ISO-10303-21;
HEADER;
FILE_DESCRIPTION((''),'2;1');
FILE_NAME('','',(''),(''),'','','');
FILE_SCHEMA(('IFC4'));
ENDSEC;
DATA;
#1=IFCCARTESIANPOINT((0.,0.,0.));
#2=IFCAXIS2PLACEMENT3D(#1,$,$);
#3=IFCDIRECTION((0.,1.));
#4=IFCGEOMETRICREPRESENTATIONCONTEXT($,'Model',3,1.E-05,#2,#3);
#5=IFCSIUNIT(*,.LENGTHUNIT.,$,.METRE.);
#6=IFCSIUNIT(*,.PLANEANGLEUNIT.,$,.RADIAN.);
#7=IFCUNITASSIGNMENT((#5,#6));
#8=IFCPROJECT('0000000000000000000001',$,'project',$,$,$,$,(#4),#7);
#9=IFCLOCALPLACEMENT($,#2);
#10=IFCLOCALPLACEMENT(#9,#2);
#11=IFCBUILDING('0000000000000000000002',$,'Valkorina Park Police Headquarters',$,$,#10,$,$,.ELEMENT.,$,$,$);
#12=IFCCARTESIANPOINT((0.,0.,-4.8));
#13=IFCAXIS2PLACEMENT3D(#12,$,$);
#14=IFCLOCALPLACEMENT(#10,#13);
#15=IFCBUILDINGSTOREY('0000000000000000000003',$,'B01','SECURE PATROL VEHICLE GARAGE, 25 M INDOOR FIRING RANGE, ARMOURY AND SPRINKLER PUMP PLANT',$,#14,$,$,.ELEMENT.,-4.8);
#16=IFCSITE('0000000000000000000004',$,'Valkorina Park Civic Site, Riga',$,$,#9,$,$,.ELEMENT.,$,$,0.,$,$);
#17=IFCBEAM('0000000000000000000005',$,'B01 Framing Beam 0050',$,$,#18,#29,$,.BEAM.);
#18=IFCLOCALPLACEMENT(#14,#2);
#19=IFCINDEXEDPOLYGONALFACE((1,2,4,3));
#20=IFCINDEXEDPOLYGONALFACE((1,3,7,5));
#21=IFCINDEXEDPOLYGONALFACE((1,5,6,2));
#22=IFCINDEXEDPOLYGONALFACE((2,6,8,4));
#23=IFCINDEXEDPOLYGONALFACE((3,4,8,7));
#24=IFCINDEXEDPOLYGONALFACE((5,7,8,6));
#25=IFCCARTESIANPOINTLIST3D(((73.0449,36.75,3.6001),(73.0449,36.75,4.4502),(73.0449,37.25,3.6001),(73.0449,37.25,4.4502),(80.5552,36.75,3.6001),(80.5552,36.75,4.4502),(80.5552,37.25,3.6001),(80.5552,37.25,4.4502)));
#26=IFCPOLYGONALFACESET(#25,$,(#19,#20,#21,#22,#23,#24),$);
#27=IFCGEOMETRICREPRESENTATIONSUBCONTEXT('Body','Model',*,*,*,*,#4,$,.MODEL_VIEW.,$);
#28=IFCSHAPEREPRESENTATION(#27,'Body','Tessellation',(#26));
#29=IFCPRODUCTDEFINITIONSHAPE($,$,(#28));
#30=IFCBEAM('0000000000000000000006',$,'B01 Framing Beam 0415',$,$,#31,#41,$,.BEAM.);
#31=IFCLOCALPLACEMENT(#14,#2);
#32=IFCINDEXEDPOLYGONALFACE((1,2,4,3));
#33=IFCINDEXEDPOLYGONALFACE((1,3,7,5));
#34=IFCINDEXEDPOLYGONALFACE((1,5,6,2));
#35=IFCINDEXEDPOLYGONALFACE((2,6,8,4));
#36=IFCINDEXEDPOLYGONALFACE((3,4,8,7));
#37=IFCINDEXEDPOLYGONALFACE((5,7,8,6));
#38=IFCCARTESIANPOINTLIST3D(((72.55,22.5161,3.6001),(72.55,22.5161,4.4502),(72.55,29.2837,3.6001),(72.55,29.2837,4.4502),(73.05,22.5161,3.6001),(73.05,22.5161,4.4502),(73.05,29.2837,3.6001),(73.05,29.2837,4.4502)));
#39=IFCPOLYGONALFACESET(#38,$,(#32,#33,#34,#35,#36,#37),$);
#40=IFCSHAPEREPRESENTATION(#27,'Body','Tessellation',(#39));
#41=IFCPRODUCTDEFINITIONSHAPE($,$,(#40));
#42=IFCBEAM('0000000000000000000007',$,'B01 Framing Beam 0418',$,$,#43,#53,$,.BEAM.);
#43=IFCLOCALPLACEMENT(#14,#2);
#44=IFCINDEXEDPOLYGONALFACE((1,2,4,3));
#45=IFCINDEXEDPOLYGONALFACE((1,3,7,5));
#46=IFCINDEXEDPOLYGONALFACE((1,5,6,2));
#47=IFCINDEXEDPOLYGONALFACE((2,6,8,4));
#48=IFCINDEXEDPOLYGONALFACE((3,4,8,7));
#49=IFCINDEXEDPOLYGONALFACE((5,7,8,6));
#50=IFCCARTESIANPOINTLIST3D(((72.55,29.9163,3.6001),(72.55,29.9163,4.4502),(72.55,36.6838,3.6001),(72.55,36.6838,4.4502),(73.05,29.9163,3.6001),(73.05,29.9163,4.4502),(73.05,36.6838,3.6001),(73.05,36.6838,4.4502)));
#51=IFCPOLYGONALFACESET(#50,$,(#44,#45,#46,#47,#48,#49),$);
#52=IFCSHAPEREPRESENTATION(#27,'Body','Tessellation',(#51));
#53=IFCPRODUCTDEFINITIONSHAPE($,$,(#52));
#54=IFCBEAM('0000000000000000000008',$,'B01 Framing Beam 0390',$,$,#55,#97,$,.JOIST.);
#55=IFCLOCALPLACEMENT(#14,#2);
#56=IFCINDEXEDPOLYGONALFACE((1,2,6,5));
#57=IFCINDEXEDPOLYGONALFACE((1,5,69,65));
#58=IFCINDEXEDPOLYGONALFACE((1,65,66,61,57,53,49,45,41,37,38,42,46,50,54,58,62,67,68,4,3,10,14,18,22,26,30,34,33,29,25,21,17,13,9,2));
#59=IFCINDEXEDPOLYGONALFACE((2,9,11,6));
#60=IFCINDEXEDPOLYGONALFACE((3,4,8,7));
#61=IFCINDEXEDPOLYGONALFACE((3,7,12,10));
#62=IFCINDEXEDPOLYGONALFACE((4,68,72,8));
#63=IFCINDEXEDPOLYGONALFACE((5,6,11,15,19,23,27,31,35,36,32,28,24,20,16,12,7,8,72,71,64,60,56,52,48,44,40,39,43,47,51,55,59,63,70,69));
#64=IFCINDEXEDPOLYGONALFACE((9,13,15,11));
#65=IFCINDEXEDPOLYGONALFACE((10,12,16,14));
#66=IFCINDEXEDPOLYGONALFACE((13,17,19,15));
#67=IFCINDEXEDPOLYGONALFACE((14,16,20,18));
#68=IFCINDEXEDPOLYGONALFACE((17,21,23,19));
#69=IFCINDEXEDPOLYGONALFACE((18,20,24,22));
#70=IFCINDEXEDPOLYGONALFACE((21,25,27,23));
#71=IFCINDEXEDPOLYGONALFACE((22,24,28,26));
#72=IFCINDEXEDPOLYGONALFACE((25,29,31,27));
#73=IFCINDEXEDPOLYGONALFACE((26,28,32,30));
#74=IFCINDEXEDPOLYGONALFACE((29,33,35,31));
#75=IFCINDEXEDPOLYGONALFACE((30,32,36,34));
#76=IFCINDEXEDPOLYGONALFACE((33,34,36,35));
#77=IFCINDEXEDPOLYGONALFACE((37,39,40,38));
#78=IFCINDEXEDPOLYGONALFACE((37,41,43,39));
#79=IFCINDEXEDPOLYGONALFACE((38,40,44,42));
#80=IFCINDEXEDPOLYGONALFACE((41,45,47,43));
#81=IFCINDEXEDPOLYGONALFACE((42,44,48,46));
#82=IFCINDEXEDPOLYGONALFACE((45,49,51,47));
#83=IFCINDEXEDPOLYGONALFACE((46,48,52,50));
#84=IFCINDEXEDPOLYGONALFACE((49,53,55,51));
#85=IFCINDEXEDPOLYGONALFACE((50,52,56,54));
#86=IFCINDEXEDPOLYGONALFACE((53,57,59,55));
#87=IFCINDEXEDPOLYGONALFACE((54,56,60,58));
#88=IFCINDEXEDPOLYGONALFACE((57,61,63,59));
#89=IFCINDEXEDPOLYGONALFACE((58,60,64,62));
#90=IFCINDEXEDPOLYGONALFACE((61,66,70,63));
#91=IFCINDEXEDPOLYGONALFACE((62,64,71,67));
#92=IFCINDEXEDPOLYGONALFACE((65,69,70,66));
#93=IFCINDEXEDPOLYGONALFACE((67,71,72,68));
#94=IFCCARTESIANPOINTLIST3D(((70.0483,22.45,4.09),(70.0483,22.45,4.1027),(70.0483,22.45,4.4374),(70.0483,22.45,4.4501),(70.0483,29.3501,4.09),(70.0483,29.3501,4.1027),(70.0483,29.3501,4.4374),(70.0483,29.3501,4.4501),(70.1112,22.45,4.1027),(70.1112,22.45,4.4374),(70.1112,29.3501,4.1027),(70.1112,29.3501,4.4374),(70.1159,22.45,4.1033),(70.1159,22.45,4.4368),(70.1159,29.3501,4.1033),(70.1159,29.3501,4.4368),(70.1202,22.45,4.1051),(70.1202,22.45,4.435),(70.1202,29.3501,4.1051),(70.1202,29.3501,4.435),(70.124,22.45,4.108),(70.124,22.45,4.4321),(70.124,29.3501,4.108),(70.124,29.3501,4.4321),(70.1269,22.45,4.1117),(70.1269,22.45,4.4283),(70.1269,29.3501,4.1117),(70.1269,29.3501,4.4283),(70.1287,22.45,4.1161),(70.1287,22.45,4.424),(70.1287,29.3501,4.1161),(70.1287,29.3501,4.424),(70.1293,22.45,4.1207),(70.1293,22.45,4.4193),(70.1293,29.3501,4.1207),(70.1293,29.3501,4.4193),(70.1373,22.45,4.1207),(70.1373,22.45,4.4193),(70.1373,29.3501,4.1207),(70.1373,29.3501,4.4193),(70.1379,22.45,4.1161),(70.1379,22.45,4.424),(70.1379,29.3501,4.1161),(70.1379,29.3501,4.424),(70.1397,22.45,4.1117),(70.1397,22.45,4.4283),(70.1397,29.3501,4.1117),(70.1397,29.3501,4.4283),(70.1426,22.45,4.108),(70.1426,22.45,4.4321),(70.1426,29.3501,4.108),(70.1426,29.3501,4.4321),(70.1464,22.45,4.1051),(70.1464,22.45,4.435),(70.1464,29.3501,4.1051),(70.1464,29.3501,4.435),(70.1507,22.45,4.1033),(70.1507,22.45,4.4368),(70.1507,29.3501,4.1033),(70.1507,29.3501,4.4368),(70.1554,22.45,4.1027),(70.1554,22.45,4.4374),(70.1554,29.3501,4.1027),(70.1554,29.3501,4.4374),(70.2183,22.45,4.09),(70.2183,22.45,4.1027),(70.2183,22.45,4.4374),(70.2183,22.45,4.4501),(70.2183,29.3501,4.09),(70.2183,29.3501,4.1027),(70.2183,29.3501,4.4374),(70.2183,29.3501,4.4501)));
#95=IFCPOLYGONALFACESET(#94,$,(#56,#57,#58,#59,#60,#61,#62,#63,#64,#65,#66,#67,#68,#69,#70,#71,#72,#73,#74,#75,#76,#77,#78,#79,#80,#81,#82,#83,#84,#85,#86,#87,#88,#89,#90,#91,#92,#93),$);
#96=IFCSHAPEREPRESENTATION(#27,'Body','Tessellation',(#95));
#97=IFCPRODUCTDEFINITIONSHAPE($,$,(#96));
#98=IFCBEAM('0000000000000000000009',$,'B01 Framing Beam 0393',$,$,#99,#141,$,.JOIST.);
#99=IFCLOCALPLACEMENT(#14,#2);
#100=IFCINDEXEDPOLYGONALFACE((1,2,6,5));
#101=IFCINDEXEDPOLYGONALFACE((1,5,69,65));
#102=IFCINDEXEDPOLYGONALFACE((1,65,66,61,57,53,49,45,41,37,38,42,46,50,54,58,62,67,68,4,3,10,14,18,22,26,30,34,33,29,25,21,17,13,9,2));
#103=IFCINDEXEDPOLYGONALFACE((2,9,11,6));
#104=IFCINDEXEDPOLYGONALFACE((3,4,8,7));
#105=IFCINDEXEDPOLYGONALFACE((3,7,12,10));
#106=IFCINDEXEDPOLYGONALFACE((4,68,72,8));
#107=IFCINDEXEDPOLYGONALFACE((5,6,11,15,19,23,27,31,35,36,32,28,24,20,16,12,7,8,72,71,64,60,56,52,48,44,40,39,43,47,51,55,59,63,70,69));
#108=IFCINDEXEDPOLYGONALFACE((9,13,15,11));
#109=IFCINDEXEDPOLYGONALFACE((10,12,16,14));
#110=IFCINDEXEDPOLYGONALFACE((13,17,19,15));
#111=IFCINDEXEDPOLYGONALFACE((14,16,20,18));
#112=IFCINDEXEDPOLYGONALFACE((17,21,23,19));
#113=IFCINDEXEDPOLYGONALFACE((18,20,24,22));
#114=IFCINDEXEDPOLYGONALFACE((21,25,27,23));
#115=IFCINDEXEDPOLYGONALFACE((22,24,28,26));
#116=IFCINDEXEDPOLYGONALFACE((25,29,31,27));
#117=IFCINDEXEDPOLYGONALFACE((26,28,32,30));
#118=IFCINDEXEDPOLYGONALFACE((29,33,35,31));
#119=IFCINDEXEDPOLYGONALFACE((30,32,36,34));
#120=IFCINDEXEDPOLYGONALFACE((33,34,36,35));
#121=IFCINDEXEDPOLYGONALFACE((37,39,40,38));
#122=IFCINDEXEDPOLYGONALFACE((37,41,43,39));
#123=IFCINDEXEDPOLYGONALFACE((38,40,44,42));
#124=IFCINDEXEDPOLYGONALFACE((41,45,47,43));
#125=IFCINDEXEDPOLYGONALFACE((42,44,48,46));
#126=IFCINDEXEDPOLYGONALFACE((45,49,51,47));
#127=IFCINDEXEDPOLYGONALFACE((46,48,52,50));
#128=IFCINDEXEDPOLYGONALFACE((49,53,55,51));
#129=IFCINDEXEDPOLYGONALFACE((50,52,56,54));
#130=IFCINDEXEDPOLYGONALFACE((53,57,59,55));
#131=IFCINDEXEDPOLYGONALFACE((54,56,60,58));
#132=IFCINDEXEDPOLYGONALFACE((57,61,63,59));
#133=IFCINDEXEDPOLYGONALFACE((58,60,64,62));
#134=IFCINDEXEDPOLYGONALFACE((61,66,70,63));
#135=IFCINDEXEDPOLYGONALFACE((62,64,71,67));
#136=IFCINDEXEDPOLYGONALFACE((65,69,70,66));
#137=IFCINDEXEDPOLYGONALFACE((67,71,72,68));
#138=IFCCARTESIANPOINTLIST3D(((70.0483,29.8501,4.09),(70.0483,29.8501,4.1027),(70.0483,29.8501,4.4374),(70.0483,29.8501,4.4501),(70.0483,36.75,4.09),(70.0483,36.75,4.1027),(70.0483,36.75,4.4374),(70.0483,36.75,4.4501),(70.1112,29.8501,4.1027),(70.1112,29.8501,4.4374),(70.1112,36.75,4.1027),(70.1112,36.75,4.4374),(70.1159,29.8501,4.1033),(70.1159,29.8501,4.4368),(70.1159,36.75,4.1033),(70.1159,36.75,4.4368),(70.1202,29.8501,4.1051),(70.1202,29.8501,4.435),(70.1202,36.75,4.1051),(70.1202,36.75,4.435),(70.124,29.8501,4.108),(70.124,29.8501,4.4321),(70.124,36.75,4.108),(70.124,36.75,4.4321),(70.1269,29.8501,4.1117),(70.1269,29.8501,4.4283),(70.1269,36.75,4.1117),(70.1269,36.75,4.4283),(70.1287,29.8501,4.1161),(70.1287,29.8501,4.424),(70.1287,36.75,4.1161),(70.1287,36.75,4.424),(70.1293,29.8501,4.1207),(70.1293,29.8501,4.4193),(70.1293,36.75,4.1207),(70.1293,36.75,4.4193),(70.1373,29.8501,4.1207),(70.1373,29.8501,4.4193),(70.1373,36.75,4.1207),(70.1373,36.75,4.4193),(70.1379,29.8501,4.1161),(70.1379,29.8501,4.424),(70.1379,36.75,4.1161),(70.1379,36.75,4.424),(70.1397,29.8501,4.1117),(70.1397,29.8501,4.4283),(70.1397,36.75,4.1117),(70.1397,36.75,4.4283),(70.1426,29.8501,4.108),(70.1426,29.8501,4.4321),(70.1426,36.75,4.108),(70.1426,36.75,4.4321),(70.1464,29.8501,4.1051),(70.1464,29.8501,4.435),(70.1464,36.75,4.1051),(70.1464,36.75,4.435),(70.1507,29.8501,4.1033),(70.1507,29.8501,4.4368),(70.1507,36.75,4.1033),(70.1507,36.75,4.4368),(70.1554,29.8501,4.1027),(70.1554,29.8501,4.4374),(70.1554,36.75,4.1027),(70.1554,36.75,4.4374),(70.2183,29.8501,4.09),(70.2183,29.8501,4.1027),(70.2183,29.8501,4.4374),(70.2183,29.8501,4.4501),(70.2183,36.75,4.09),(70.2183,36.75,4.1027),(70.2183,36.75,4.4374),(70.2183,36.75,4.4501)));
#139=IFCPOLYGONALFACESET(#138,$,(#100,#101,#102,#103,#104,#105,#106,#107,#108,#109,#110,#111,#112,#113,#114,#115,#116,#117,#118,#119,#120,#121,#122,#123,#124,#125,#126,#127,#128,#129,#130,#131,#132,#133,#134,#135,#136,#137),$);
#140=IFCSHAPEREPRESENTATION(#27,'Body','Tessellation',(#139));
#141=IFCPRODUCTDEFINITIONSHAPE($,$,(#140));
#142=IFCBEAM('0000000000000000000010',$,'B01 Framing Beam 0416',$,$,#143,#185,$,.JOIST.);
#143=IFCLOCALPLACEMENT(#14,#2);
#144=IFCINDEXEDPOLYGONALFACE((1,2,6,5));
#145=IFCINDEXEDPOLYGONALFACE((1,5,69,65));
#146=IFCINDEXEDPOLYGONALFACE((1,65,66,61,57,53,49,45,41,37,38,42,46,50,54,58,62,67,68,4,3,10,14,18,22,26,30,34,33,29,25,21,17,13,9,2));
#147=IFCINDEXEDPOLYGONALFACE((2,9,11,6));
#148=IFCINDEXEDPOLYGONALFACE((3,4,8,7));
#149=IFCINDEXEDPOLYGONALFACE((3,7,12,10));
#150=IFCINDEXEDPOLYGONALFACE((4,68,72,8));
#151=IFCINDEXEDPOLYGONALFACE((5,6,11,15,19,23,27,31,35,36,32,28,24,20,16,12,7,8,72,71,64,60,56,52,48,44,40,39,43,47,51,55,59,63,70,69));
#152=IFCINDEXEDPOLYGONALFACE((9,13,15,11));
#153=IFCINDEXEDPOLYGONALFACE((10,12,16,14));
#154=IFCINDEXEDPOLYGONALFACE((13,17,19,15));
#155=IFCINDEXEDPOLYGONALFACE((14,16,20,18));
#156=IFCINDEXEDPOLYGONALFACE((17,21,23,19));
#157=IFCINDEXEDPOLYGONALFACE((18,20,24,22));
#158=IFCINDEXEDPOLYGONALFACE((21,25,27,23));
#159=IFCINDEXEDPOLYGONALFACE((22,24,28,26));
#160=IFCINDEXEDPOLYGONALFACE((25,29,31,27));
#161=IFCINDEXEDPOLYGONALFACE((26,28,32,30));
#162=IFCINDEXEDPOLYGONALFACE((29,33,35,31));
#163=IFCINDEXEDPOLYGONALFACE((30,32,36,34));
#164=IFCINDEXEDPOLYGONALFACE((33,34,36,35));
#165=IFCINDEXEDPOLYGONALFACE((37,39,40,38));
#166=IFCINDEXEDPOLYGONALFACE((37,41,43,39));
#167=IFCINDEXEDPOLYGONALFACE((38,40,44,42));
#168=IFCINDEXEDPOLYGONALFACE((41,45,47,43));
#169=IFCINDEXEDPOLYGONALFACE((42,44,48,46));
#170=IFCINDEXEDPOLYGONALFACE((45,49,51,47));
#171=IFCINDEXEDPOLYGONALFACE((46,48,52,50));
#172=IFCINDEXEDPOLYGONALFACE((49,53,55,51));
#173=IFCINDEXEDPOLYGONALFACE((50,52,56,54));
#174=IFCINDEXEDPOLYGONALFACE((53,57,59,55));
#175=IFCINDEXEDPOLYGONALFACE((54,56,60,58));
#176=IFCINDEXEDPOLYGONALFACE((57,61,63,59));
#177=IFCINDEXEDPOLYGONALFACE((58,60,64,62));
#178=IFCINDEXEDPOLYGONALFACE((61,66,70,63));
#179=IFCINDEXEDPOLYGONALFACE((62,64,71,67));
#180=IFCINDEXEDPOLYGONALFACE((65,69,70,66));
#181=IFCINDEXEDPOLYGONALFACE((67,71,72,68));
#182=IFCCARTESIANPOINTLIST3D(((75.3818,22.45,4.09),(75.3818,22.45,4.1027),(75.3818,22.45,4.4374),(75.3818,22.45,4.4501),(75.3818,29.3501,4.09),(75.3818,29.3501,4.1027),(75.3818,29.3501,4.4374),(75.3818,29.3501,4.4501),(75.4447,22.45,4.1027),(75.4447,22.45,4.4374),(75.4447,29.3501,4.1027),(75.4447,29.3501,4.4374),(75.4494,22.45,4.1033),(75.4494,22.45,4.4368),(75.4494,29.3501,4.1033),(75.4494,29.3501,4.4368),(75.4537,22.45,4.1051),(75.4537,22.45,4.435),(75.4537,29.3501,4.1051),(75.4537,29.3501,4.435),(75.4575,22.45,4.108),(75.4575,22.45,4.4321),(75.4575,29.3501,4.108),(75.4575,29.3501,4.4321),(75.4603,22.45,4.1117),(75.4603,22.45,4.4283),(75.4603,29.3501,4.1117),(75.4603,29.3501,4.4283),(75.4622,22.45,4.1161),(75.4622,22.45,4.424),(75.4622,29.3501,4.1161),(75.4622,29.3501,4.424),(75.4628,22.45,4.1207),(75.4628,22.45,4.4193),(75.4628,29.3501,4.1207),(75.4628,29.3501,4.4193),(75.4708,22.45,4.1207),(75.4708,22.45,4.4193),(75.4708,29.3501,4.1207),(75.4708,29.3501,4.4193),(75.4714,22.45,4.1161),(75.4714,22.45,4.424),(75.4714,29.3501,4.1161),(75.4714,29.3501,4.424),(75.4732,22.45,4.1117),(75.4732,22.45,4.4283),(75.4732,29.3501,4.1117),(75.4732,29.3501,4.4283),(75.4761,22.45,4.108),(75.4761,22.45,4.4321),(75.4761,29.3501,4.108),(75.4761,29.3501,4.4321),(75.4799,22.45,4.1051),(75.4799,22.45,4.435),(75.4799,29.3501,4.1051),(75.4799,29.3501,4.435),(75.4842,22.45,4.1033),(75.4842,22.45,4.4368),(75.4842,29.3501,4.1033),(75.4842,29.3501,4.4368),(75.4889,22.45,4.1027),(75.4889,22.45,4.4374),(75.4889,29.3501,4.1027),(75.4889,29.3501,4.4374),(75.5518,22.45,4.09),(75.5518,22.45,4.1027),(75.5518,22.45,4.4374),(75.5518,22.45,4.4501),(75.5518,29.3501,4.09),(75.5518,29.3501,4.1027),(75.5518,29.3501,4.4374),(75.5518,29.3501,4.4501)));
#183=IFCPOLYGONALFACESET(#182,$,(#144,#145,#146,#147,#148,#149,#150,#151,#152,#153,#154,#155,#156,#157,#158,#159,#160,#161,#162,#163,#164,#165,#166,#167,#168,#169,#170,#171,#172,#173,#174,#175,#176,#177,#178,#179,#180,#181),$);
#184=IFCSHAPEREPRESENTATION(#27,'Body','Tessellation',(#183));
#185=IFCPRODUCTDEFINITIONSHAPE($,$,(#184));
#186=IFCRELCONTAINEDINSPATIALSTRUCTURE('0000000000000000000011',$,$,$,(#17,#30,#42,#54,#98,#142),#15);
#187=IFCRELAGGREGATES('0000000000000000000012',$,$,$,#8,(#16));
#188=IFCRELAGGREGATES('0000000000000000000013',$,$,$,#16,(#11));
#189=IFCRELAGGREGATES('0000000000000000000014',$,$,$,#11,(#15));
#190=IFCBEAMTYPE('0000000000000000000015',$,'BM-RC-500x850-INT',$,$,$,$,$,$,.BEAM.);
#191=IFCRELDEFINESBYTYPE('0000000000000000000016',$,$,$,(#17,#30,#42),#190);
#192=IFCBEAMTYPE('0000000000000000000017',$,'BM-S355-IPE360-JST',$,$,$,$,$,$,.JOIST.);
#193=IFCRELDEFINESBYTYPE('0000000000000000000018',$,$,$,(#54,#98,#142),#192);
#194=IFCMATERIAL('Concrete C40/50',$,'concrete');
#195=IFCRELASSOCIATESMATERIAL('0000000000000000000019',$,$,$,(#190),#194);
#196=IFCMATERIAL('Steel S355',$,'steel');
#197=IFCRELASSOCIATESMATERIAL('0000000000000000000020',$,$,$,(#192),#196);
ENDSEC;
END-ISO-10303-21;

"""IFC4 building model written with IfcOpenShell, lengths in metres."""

from ifc_helpers import new_model, si_unit, direction, frame, origin, origin_2d, place, context, subcontext, project, spatial, rectangle, i_section, extrude, material, material_profile, profile_set, type_object, element, save


model = new_model("IFC4")

# Units and contexts
model_context = context("Model", 3, precision=1e-05, world=origin(), true_north=direction((0.0, 1.0)))
body_context = subcontext(model_context, "Body", "Model", "MODEL_VIEW")
ifc_project = project(units=[si_unit("LENGTHUNIT", "METRE"), si_unit("PLANEANGLEUNIT", "RADIAN")], contexts=[model_context])

# Site, building, storey
site_placement = place(None, origin())
site = spatial("IfcSite", under=ifc_project, at=site_placement, Name="Valkorina Park Civic Site, Riga", CompositionType="ELEMENT", RefElevation=0.0)
building_placement = place(site_placement, origin())
building = spatial("IfcBuilding", under=site, at=building_placement, Name="Valkorina Park Police Headquarters", CompositionType="ELEMENT")
storey_placement = place(building_placement, frame((0.0, 0.0, -4.8)))
storey = spatial("IfcBuildingStorey", under=building, at=storey_placement, Name="B01", Description="SECURE PATROL VEHICLE GARAGE, 25 M INDOOR FIRING RANGE, ARMOURY AND SPRINKLER PUMP PLANT", CompositionType="ELEMENT", Elevation=-4.8)

# Shared definitions
ifc_material_1 = material(Name="Concrete C40/50", Category="concrete")

# Beams
ifc_material_profile_1 = material_profile(ifc_material_1, rectangle(XDim=0.5, YDim=0.8501, at=origin_2d()), Name="RC BEAM 500x850")
ifc_profile_set_1 = profile_set([ifc_material_profile_1], Name="Concrete C40/50")
beam_type_1 = type_object("IfcBeamType", Name="BM-RC-500x850-INT", PredefinedType="BEAM", material=ifc_profile_set_1)
for number, where, z_axis, x_axis, name in (
    (1, (73.0449, 37.0, 4.0251), (1.0, 0.0, 0.0), (0.0, 1.0, 0.0), "B01 Framing Beam 0050"),
):
    element("IfcBeam", number, at=place(storey_placement, frame(where, z_axis=z_axis, x_axis=x_axis)), inside=storey, type_object=beam_type_1, Name=name, PredefinedType="BEAM", context=body_context, shape_type="SweptSolid", body=[
        extrude(rectangle(XDim=0.5, YDim=0.8501, at=origin_2d()), origin(), (0.0, 0.0, 1.0), 7.5103),
    ])
for number, where, z_axis, x_axis, name in (
    (2, (72.8, 22.5161, 4.0251), (0.0, 1.0, 0.0), (-1.0, 0.0, 0.0), "B01 Framing Beam 0415"),
    (3, (72.8, 29.9163, 4.0251), (0.0, 1.0, 0.0), (-1.0, 0.0, 0.0), "B01 Framing Beam 0418"),
):
    element("IfcBeam", number, at=place(storey_placement, frame(where, z_axis=z_axis, x_axis=x_axis)), inside=storey, type_object=beam_type_1, Name=name, PredefinedType="BEAM", context=body_context, shape_type="SweptSolid", body=[
        extrude(rectangle(XDim=0.5, YDim=0.8501, at=origin_2d()), origin(), (0.0, 0.0, 1.0), 6.7676),
    ])
ifc_material_2 = material(Name="Steel S355", Category="steel")
ifc_material_profile_2 = material_profile(ifc_material_2, i_section(OverallWidth=0.1699, OverallDepth=0.3601, WebThickness=0.0081, FlangeThickness=0.0127, FilletRadius=0.0181, at=origin_2d()), Name="IPE 360")
ifc_profile_set_2 = profile_set([ifc_material_profile_2], Name="Steel S355")
beam_type_2 = type_object("IfcBeamType", Name="BM-S355-IPE360-JST", PredefinedType="JOIST", material=ifc_profile_set_2)
beam_1_placement = place(storey_placement, frame((70.1333, 22.45, 4.27), z_axis=(0.0, 1.0, 0.0), x_axis=(-1.0, 0.0, 0.0)))
element("IfcBeam", 4, at=beam_1_placement, inside=storey, type_object=beam_type_2, Name="B01 Framing Beam 0390", PredefinedType="JOIST", context=body_context, shape_type="SweptSolid", body=[
    extrude(i_section(OverallWidth=0.1699, OverallDepth=0.3601, WebThickness=0.0081, FlangeThickness=0.0127, FilletRadius=0.0181, at=origin_2d()), origin(), (0.0, 0.0, 1.0), 6.9001),
])
beam_2_placement = place(storey_placement, frame((70.1333, 29.8501, 4.27), z_axis=(0.0, 1.0, 0.0), x_axis=(-1.0, 0.0, 0.0)))
element("IfcBeam", 5, at=beam_2_placement, inside=storey, type_object=beam_type_2, Name="B01 Framing Beam 0393", PredefinedType="JOIST", context=body_context, shape_type="SweptSolid", body=[
    extrude(i_section(OverallWidth=0.1699, OverallDepth=0.3601, WebThickness=0.0081, FlangeThickness=0.0127, FilletRadius=0.0181, at=origin_2d()), origin(), (0.0, 0.0, 1.0), 6.8999),
])
for number, where, z_axis, x_axis, name in (
    (6, (75.4668, 22.45, 4.27), (0.0, 1.0, 0.0), (-1.0, 0.0, 0.0), "B01 Framing Beam 0416"),
):
    element("IfcBeam", number, at=place(storey_placement, frame(where, z_axis=z_axis, x_axis=x_axis)), inside=storey, type_object=beam_type_2, Name=name, PredefinedType="JOIST", context=body_context, shape_type="SweptSolid", body=[
        extrude(i_section(OverallWidth=0.1699, OverallDepth=0.3601, WebThickness=0.0081, FlangeThickness=0.0127, FilletRadius=0.0181, at=origin_2d()), origin(), (0.0, 0.0, 1.0), 6.9001),
    ])

save(model, "model.ifc")
